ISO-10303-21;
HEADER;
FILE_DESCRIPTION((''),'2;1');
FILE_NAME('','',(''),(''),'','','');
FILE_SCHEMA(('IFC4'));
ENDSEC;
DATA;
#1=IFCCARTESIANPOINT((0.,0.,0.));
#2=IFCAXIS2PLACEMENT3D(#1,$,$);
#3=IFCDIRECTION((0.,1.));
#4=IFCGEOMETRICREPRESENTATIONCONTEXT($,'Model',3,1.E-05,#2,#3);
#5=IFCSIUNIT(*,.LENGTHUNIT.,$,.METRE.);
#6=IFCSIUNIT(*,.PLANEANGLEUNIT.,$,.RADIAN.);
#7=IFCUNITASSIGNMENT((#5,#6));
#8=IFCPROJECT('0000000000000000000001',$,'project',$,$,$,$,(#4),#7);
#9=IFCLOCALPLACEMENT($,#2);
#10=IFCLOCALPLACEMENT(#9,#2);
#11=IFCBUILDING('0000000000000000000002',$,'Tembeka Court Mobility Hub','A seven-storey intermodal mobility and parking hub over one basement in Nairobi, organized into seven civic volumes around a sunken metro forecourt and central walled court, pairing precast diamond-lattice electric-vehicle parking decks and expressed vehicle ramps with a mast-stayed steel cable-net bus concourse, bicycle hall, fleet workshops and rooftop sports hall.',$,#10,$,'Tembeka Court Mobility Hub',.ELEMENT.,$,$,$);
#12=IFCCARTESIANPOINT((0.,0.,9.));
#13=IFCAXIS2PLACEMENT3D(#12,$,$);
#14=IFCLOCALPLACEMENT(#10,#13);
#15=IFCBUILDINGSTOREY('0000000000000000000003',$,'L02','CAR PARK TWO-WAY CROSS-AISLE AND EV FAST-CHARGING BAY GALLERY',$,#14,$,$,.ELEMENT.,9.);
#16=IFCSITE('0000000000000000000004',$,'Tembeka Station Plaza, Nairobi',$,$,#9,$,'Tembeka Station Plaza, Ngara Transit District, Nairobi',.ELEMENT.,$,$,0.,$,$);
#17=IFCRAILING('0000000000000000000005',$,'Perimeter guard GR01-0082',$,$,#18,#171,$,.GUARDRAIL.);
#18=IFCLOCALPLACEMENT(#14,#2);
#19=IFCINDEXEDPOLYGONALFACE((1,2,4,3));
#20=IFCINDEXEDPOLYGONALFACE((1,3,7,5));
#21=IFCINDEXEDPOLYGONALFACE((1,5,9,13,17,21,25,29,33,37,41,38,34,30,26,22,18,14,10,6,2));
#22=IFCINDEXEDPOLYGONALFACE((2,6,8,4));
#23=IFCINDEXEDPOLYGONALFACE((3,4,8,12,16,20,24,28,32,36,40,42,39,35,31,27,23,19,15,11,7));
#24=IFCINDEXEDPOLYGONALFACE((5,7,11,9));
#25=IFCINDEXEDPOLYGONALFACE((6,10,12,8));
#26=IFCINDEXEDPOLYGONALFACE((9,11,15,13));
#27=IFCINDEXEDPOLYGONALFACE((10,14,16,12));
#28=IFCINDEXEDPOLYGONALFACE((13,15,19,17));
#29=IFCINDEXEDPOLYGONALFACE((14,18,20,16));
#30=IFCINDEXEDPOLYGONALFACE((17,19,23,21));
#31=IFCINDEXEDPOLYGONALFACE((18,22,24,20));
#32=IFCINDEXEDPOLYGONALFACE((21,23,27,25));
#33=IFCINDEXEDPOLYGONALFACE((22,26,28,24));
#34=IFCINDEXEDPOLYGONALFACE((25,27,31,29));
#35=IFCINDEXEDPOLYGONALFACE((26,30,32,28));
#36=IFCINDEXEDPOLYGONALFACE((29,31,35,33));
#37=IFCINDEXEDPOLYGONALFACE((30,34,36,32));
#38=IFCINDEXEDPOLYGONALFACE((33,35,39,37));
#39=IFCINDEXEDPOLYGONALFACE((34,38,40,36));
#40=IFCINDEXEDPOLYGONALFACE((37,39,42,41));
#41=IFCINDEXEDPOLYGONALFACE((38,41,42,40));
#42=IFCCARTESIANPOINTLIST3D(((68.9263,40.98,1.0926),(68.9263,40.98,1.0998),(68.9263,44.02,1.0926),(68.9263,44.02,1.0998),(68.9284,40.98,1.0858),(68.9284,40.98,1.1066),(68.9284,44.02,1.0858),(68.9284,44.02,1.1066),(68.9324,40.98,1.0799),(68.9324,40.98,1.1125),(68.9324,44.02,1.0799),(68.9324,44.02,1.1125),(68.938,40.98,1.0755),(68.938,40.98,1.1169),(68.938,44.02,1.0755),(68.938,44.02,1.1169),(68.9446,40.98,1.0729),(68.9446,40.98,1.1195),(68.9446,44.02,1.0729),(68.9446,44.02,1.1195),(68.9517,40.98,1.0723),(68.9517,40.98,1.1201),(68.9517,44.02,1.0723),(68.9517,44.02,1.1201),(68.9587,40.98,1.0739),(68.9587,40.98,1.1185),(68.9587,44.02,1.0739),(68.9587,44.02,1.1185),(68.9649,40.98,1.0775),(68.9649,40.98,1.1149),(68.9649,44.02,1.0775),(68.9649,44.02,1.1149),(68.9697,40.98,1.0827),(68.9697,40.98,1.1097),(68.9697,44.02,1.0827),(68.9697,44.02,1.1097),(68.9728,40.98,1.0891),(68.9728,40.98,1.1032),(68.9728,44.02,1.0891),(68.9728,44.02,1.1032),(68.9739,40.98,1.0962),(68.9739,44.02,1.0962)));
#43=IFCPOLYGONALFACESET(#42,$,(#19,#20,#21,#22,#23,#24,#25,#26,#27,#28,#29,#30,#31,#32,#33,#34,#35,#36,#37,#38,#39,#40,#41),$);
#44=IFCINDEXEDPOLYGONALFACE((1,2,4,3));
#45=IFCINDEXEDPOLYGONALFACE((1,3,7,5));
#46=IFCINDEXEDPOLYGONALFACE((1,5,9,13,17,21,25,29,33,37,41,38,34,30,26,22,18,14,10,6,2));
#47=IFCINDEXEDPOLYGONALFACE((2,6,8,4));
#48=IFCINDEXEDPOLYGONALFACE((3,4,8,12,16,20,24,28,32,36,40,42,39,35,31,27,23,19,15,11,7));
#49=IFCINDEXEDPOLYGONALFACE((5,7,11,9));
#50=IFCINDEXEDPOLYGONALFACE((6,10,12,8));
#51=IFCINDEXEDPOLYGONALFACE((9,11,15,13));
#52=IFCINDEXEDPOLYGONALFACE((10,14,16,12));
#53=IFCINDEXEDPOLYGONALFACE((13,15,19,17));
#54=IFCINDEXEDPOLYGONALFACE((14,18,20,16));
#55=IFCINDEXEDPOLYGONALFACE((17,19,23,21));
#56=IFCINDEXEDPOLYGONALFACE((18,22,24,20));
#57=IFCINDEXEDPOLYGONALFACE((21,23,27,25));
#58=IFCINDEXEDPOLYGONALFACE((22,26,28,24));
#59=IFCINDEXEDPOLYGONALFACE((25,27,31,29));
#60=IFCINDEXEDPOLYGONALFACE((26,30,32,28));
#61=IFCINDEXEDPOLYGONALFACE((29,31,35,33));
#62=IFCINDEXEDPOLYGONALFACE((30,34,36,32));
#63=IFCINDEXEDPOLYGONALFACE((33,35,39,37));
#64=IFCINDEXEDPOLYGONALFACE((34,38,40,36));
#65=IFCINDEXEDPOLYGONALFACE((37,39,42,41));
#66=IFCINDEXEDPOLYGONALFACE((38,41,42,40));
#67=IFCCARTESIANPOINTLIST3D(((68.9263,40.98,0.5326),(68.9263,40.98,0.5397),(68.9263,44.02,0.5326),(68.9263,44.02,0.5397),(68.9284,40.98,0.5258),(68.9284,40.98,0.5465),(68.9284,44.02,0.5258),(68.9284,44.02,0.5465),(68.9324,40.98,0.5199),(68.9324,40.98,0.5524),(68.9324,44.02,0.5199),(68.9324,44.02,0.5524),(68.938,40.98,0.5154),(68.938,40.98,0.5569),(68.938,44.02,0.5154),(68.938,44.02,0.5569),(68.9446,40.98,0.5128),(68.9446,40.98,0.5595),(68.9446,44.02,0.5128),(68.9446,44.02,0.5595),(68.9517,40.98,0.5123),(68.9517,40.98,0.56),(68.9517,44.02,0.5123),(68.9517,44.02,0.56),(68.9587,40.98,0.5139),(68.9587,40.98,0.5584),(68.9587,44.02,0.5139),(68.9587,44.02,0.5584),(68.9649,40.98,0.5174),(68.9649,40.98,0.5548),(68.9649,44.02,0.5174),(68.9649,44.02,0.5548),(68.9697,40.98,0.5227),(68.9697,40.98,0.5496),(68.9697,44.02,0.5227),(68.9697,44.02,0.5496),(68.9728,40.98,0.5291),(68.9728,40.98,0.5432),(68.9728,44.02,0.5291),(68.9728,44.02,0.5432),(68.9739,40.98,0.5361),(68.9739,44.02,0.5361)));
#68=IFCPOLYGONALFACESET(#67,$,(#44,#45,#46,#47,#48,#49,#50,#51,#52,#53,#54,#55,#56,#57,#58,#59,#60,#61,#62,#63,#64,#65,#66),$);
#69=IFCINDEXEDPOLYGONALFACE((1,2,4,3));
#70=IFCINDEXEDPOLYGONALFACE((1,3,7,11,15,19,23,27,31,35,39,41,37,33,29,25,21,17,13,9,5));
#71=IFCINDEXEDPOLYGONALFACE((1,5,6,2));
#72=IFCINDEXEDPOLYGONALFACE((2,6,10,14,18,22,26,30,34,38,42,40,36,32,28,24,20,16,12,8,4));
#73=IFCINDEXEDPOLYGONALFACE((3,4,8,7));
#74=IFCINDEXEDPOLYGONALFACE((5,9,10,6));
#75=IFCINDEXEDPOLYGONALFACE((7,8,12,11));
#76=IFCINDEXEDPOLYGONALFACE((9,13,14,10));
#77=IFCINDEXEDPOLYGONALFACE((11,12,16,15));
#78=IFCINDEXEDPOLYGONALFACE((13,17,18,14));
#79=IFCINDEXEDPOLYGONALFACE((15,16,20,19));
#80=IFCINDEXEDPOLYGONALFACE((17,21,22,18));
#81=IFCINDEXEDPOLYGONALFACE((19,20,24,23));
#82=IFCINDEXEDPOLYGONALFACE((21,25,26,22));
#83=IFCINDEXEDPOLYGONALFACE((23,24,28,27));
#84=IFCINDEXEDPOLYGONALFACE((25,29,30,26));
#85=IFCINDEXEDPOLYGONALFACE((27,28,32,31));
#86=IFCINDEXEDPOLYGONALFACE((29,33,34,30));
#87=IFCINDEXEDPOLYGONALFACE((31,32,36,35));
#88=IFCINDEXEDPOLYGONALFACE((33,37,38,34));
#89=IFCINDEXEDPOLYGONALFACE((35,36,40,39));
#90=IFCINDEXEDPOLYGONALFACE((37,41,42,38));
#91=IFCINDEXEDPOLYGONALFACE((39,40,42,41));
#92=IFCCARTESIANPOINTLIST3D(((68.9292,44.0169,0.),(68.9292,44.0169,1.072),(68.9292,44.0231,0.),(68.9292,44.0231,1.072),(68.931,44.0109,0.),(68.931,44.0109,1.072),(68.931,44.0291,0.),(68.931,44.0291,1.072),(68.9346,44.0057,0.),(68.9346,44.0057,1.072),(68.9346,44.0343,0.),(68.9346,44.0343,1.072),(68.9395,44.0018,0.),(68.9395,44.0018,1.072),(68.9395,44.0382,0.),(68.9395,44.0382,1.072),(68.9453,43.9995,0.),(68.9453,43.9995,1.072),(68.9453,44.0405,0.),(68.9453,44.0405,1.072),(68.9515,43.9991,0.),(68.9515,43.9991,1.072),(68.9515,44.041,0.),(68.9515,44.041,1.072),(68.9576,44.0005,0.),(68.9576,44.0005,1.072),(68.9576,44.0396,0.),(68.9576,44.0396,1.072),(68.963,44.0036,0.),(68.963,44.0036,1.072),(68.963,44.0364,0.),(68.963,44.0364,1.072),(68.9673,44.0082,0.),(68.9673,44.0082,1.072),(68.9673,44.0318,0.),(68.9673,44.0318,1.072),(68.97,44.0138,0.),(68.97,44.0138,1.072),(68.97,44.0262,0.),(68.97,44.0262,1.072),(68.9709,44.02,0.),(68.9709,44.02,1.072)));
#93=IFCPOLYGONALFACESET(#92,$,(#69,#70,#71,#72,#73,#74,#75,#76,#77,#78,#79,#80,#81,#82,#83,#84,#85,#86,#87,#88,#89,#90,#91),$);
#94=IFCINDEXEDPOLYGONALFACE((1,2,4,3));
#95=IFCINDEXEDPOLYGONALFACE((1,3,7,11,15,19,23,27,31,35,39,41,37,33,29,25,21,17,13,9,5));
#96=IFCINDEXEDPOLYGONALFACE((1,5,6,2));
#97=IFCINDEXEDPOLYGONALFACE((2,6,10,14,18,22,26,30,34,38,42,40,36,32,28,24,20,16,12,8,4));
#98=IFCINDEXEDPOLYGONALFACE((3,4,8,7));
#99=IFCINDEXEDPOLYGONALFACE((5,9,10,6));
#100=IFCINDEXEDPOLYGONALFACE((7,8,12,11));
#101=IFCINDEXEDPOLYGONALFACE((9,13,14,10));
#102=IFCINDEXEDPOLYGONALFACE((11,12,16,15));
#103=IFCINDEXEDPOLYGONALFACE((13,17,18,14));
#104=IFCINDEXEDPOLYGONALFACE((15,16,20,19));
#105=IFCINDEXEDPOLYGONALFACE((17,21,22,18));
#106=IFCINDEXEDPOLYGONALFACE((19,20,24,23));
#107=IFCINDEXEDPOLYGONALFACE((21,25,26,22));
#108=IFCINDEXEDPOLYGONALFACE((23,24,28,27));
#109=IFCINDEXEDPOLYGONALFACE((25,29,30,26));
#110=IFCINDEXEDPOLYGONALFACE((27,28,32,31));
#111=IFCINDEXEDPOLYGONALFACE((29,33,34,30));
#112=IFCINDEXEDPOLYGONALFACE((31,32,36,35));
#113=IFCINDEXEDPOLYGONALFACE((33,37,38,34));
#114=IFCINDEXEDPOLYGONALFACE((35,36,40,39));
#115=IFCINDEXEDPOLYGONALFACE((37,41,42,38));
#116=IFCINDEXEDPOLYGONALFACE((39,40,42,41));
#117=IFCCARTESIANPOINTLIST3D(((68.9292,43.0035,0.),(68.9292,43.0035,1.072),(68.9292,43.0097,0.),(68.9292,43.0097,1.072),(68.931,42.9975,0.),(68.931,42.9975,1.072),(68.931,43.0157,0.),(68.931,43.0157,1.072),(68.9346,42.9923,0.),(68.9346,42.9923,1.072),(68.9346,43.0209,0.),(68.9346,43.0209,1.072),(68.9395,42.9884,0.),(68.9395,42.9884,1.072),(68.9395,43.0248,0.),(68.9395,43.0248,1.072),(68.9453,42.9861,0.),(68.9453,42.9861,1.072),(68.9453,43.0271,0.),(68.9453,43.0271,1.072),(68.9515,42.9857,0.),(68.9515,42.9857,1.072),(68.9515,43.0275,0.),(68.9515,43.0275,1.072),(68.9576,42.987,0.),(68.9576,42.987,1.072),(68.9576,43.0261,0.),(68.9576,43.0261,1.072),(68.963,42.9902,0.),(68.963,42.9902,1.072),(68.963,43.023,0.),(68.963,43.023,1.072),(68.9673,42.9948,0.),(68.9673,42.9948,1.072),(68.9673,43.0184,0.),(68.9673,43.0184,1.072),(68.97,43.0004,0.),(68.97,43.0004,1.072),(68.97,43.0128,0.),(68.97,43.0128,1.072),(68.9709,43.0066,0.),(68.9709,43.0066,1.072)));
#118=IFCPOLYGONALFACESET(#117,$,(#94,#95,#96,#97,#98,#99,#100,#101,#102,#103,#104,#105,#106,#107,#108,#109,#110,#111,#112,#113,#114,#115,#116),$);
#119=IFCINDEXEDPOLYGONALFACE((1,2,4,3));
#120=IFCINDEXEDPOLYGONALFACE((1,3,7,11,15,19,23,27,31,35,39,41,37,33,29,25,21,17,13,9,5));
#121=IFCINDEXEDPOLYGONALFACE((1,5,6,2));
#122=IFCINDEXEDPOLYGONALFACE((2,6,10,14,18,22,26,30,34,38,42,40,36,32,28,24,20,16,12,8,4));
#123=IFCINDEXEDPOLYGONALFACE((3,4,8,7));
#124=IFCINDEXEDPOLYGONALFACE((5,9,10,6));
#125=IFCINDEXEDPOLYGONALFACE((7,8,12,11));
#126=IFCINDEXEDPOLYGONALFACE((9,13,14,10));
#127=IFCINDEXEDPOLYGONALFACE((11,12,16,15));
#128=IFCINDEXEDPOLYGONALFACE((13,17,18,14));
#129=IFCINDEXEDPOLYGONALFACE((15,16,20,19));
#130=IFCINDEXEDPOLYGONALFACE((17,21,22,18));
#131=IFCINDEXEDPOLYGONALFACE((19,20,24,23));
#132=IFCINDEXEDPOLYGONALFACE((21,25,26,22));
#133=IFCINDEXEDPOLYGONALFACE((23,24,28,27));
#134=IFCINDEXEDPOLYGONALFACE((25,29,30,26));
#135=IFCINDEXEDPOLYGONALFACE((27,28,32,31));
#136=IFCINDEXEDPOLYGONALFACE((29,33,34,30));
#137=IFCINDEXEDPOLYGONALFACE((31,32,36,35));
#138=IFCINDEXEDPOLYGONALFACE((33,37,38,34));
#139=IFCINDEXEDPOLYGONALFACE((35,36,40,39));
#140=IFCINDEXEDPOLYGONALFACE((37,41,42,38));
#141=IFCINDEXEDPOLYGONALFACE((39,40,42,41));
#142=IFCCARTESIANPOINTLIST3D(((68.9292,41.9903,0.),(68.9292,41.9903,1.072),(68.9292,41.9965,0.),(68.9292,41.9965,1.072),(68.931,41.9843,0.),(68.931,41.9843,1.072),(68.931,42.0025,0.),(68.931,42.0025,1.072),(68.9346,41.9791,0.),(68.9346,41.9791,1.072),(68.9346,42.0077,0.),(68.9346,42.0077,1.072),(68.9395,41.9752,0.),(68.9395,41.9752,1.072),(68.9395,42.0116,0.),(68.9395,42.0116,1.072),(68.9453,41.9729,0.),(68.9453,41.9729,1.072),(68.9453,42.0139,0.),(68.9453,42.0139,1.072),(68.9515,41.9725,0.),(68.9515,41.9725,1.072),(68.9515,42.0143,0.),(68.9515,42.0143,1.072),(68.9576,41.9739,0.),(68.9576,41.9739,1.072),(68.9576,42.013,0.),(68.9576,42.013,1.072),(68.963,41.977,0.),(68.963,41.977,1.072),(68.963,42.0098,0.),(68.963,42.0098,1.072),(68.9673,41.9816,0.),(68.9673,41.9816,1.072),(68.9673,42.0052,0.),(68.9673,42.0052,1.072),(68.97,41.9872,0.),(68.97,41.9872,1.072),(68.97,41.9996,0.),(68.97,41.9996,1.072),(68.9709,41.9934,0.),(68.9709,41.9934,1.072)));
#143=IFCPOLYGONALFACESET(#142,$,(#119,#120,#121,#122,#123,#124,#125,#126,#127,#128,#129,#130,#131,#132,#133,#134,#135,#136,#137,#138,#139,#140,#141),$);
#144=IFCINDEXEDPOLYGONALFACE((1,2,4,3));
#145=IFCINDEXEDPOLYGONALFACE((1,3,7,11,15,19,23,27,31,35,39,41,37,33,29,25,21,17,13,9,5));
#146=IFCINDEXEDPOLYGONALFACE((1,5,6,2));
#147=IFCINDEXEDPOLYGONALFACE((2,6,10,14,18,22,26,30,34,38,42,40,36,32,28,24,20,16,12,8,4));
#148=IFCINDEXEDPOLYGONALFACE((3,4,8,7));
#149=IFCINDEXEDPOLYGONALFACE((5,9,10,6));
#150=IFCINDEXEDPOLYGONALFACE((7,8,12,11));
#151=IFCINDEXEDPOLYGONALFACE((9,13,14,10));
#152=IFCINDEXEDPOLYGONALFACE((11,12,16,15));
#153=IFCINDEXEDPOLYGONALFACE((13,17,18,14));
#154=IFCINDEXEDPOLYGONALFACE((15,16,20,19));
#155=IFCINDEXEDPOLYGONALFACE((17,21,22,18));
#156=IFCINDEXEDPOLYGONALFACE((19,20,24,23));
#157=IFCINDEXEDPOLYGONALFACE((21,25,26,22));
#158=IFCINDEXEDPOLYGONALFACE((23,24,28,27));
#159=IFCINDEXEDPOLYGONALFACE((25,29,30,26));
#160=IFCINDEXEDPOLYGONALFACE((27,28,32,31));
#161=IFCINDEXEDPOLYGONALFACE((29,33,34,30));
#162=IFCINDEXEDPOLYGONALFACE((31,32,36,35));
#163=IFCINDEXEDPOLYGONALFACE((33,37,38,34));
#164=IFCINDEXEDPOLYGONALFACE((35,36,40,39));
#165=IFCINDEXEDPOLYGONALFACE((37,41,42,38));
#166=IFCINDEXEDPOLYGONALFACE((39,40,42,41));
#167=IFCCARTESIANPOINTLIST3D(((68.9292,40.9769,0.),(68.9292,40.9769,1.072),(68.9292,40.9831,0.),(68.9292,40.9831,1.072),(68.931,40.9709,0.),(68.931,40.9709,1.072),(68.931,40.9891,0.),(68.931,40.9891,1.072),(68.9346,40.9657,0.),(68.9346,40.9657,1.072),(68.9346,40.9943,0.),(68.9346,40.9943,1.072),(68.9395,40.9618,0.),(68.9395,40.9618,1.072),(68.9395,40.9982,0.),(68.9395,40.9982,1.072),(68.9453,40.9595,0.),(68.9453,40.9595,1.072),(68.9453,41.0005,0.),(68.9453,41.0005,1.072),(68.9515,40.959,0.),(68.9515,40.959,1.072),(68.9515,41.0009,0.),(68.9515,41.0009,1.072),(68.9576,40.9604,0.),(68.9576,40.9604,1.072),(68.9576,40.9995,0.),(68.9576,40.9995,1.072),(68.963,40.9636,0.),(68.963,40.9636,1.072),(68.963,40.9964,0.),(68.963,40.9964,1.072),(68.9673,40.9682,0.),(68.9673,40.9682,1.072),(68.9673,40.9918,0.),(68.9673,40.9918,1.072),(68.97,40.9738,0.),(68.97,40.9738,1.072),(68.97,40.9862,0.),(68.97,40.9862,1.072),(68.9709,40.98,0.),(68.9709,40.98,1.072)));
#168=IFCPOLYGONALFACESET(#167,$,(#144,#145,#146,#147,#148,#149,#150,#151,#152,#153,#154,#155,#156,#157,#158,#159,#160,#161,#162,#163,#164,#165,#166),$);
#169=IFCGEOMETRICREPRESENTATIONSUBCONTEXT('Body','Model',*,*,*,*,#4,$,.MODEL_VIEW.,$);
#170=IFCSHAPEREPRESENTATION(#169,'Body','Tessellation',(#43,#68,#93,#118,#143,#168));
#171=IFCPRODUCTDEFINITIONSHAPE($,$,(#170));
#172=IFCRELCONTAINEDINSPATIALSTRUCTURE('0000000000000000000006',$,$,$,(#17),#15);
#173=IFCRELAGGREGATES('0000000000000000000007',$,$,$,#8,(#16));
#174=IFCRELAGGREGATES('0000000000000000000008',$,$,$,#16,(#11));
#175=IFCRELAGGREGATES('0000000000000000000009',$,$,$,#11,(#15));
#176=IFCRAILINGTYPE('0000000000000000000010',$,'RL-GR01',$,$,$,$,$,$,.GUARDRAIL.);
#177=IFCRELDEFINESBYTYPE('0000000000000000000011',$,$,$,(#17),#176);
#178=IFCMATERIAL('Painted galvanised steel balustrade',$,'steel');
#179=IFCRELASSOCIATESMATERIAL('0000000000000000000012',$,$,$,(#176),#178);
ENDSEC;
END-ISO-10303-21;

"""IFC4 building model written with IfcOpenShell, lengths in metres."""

from ifc_helpers import new_model, si_unit, direction, frame, origin, origin_2d, place, context, subcontext, project, spatial, circle, extrude, material, type_object, element, save


model = new_model("IFC4")

# Units and contexts
model_context = context("Model", 3, precision=1e-05, world=origin(), true_north=direction((0.0, 1.0)))
body_context = subcontext(model_context, "Body", "Model", "MODEL_VIEW")
ifc_project = project(units=[si_unit("LENGTHUNIT", "METRE"), si_unit("PLANEANGLEUNIT", "RADIAN")], contexts=[model_context])

# Site, building, storey
site_placement = place(None, origin())
site = spatial("IfcSite", under=ifc_project, at=site_placement, Name="Tembeka Station Plaza, Nairobi", LongName="Tembeka Station Plaza, Ngara Transit District, Nairobi", CompositionType="ELEMENT", RefElevation=0.0)
building_placement = place(site_placement, origin())
building = spatial("IfcBuilding", under=site, at=building_placement, Name="Tembeka Court Mobility Hub", Description="A seven-storey intermodal mobility and parking hub over one basement in Nairobi, organized into seven civic volumes around a sunken metro forecourt and central walled court, pairing precast diamond-lattice electric-vehicle parking decks and expressed vehicle ramps with a mast-stayed steel cable-net bus concourse, bicycle hall, fleet workshops and rooftop sports hall.", LongName="Tembeka Court Mobility Hub", CompositionType="ELEMENT")
storey_placement = place(building_placement, frame((0.0, 0.0, 9.0)))
storey = spatial("IfcBuildingStorey", under=building, at=storey_placement, Name="L02", Description="CAR PARK TWO-WAY CROSS-AISLE AND EV FAST-CHARGING BAY GALLERY", CompositionType="ELEMENT", Elevation=9.0)

# Railing
ifc_material_1 = material(Name="Painted galvanised steel balustrade", Category="steel")
railing_type = type_object("IfcRailingType", Name="RL-GR01", PredefinedType="GUARDRAIL", material=ifc_material_1)
railing_1_placement = place(storey_placement, frame((68.95, 44.02, 0.0)))
element("IfcRailing", 1, at=railing_1_placement, inside=storey, type_object=railing_type, Name="Perimeter guard GR01-0082", PredefinedType="GUARDRAIL", context=body_context, shape_type="SweptSolid", body=[
    extrude(circle(Radius=0.0239, at=origin_2d()), frame((0.0, 0.0, 1.0962), z_axis=(0.0, -1.0, 0.0), x_axis=(1.0, 0.0, 0.0)), (0.0, 0.0, 1.0), 3.04),
    extrude(circle(Radius=0.0239, at=origin_2d()), frame((0.0, 0.0, 0.5361), z_axis=(0.0, -1.0, 0.0), x_axis=(1.0, 0.0, 0.0)), (0.0, 0.0, 1.0), 3.04),
    extrude(circle(Radius=0.021, at=origin_2d()), origin(), (0.0, 0.0, 1.0), 1.072),
    extrude(circle(Radius=0.021, at=origin_2d()), frame((0.0, -1.0134, 0.0)), (0.0, 0.0, 1.0), 1.072),
    extrude(circle(Radius=0.021, at=origin_2d()), frame((0.0, -2.0266, 0.0)), (0.0, 0.0, 1.0), 1.072),
    extrude(circle(Radius=0.021, at=origin_2d()), frame((0.0, -3.04, 0.0)), (0.0, 0.0, 1.0), 1.072),
])

save(model, "model.ifc")
